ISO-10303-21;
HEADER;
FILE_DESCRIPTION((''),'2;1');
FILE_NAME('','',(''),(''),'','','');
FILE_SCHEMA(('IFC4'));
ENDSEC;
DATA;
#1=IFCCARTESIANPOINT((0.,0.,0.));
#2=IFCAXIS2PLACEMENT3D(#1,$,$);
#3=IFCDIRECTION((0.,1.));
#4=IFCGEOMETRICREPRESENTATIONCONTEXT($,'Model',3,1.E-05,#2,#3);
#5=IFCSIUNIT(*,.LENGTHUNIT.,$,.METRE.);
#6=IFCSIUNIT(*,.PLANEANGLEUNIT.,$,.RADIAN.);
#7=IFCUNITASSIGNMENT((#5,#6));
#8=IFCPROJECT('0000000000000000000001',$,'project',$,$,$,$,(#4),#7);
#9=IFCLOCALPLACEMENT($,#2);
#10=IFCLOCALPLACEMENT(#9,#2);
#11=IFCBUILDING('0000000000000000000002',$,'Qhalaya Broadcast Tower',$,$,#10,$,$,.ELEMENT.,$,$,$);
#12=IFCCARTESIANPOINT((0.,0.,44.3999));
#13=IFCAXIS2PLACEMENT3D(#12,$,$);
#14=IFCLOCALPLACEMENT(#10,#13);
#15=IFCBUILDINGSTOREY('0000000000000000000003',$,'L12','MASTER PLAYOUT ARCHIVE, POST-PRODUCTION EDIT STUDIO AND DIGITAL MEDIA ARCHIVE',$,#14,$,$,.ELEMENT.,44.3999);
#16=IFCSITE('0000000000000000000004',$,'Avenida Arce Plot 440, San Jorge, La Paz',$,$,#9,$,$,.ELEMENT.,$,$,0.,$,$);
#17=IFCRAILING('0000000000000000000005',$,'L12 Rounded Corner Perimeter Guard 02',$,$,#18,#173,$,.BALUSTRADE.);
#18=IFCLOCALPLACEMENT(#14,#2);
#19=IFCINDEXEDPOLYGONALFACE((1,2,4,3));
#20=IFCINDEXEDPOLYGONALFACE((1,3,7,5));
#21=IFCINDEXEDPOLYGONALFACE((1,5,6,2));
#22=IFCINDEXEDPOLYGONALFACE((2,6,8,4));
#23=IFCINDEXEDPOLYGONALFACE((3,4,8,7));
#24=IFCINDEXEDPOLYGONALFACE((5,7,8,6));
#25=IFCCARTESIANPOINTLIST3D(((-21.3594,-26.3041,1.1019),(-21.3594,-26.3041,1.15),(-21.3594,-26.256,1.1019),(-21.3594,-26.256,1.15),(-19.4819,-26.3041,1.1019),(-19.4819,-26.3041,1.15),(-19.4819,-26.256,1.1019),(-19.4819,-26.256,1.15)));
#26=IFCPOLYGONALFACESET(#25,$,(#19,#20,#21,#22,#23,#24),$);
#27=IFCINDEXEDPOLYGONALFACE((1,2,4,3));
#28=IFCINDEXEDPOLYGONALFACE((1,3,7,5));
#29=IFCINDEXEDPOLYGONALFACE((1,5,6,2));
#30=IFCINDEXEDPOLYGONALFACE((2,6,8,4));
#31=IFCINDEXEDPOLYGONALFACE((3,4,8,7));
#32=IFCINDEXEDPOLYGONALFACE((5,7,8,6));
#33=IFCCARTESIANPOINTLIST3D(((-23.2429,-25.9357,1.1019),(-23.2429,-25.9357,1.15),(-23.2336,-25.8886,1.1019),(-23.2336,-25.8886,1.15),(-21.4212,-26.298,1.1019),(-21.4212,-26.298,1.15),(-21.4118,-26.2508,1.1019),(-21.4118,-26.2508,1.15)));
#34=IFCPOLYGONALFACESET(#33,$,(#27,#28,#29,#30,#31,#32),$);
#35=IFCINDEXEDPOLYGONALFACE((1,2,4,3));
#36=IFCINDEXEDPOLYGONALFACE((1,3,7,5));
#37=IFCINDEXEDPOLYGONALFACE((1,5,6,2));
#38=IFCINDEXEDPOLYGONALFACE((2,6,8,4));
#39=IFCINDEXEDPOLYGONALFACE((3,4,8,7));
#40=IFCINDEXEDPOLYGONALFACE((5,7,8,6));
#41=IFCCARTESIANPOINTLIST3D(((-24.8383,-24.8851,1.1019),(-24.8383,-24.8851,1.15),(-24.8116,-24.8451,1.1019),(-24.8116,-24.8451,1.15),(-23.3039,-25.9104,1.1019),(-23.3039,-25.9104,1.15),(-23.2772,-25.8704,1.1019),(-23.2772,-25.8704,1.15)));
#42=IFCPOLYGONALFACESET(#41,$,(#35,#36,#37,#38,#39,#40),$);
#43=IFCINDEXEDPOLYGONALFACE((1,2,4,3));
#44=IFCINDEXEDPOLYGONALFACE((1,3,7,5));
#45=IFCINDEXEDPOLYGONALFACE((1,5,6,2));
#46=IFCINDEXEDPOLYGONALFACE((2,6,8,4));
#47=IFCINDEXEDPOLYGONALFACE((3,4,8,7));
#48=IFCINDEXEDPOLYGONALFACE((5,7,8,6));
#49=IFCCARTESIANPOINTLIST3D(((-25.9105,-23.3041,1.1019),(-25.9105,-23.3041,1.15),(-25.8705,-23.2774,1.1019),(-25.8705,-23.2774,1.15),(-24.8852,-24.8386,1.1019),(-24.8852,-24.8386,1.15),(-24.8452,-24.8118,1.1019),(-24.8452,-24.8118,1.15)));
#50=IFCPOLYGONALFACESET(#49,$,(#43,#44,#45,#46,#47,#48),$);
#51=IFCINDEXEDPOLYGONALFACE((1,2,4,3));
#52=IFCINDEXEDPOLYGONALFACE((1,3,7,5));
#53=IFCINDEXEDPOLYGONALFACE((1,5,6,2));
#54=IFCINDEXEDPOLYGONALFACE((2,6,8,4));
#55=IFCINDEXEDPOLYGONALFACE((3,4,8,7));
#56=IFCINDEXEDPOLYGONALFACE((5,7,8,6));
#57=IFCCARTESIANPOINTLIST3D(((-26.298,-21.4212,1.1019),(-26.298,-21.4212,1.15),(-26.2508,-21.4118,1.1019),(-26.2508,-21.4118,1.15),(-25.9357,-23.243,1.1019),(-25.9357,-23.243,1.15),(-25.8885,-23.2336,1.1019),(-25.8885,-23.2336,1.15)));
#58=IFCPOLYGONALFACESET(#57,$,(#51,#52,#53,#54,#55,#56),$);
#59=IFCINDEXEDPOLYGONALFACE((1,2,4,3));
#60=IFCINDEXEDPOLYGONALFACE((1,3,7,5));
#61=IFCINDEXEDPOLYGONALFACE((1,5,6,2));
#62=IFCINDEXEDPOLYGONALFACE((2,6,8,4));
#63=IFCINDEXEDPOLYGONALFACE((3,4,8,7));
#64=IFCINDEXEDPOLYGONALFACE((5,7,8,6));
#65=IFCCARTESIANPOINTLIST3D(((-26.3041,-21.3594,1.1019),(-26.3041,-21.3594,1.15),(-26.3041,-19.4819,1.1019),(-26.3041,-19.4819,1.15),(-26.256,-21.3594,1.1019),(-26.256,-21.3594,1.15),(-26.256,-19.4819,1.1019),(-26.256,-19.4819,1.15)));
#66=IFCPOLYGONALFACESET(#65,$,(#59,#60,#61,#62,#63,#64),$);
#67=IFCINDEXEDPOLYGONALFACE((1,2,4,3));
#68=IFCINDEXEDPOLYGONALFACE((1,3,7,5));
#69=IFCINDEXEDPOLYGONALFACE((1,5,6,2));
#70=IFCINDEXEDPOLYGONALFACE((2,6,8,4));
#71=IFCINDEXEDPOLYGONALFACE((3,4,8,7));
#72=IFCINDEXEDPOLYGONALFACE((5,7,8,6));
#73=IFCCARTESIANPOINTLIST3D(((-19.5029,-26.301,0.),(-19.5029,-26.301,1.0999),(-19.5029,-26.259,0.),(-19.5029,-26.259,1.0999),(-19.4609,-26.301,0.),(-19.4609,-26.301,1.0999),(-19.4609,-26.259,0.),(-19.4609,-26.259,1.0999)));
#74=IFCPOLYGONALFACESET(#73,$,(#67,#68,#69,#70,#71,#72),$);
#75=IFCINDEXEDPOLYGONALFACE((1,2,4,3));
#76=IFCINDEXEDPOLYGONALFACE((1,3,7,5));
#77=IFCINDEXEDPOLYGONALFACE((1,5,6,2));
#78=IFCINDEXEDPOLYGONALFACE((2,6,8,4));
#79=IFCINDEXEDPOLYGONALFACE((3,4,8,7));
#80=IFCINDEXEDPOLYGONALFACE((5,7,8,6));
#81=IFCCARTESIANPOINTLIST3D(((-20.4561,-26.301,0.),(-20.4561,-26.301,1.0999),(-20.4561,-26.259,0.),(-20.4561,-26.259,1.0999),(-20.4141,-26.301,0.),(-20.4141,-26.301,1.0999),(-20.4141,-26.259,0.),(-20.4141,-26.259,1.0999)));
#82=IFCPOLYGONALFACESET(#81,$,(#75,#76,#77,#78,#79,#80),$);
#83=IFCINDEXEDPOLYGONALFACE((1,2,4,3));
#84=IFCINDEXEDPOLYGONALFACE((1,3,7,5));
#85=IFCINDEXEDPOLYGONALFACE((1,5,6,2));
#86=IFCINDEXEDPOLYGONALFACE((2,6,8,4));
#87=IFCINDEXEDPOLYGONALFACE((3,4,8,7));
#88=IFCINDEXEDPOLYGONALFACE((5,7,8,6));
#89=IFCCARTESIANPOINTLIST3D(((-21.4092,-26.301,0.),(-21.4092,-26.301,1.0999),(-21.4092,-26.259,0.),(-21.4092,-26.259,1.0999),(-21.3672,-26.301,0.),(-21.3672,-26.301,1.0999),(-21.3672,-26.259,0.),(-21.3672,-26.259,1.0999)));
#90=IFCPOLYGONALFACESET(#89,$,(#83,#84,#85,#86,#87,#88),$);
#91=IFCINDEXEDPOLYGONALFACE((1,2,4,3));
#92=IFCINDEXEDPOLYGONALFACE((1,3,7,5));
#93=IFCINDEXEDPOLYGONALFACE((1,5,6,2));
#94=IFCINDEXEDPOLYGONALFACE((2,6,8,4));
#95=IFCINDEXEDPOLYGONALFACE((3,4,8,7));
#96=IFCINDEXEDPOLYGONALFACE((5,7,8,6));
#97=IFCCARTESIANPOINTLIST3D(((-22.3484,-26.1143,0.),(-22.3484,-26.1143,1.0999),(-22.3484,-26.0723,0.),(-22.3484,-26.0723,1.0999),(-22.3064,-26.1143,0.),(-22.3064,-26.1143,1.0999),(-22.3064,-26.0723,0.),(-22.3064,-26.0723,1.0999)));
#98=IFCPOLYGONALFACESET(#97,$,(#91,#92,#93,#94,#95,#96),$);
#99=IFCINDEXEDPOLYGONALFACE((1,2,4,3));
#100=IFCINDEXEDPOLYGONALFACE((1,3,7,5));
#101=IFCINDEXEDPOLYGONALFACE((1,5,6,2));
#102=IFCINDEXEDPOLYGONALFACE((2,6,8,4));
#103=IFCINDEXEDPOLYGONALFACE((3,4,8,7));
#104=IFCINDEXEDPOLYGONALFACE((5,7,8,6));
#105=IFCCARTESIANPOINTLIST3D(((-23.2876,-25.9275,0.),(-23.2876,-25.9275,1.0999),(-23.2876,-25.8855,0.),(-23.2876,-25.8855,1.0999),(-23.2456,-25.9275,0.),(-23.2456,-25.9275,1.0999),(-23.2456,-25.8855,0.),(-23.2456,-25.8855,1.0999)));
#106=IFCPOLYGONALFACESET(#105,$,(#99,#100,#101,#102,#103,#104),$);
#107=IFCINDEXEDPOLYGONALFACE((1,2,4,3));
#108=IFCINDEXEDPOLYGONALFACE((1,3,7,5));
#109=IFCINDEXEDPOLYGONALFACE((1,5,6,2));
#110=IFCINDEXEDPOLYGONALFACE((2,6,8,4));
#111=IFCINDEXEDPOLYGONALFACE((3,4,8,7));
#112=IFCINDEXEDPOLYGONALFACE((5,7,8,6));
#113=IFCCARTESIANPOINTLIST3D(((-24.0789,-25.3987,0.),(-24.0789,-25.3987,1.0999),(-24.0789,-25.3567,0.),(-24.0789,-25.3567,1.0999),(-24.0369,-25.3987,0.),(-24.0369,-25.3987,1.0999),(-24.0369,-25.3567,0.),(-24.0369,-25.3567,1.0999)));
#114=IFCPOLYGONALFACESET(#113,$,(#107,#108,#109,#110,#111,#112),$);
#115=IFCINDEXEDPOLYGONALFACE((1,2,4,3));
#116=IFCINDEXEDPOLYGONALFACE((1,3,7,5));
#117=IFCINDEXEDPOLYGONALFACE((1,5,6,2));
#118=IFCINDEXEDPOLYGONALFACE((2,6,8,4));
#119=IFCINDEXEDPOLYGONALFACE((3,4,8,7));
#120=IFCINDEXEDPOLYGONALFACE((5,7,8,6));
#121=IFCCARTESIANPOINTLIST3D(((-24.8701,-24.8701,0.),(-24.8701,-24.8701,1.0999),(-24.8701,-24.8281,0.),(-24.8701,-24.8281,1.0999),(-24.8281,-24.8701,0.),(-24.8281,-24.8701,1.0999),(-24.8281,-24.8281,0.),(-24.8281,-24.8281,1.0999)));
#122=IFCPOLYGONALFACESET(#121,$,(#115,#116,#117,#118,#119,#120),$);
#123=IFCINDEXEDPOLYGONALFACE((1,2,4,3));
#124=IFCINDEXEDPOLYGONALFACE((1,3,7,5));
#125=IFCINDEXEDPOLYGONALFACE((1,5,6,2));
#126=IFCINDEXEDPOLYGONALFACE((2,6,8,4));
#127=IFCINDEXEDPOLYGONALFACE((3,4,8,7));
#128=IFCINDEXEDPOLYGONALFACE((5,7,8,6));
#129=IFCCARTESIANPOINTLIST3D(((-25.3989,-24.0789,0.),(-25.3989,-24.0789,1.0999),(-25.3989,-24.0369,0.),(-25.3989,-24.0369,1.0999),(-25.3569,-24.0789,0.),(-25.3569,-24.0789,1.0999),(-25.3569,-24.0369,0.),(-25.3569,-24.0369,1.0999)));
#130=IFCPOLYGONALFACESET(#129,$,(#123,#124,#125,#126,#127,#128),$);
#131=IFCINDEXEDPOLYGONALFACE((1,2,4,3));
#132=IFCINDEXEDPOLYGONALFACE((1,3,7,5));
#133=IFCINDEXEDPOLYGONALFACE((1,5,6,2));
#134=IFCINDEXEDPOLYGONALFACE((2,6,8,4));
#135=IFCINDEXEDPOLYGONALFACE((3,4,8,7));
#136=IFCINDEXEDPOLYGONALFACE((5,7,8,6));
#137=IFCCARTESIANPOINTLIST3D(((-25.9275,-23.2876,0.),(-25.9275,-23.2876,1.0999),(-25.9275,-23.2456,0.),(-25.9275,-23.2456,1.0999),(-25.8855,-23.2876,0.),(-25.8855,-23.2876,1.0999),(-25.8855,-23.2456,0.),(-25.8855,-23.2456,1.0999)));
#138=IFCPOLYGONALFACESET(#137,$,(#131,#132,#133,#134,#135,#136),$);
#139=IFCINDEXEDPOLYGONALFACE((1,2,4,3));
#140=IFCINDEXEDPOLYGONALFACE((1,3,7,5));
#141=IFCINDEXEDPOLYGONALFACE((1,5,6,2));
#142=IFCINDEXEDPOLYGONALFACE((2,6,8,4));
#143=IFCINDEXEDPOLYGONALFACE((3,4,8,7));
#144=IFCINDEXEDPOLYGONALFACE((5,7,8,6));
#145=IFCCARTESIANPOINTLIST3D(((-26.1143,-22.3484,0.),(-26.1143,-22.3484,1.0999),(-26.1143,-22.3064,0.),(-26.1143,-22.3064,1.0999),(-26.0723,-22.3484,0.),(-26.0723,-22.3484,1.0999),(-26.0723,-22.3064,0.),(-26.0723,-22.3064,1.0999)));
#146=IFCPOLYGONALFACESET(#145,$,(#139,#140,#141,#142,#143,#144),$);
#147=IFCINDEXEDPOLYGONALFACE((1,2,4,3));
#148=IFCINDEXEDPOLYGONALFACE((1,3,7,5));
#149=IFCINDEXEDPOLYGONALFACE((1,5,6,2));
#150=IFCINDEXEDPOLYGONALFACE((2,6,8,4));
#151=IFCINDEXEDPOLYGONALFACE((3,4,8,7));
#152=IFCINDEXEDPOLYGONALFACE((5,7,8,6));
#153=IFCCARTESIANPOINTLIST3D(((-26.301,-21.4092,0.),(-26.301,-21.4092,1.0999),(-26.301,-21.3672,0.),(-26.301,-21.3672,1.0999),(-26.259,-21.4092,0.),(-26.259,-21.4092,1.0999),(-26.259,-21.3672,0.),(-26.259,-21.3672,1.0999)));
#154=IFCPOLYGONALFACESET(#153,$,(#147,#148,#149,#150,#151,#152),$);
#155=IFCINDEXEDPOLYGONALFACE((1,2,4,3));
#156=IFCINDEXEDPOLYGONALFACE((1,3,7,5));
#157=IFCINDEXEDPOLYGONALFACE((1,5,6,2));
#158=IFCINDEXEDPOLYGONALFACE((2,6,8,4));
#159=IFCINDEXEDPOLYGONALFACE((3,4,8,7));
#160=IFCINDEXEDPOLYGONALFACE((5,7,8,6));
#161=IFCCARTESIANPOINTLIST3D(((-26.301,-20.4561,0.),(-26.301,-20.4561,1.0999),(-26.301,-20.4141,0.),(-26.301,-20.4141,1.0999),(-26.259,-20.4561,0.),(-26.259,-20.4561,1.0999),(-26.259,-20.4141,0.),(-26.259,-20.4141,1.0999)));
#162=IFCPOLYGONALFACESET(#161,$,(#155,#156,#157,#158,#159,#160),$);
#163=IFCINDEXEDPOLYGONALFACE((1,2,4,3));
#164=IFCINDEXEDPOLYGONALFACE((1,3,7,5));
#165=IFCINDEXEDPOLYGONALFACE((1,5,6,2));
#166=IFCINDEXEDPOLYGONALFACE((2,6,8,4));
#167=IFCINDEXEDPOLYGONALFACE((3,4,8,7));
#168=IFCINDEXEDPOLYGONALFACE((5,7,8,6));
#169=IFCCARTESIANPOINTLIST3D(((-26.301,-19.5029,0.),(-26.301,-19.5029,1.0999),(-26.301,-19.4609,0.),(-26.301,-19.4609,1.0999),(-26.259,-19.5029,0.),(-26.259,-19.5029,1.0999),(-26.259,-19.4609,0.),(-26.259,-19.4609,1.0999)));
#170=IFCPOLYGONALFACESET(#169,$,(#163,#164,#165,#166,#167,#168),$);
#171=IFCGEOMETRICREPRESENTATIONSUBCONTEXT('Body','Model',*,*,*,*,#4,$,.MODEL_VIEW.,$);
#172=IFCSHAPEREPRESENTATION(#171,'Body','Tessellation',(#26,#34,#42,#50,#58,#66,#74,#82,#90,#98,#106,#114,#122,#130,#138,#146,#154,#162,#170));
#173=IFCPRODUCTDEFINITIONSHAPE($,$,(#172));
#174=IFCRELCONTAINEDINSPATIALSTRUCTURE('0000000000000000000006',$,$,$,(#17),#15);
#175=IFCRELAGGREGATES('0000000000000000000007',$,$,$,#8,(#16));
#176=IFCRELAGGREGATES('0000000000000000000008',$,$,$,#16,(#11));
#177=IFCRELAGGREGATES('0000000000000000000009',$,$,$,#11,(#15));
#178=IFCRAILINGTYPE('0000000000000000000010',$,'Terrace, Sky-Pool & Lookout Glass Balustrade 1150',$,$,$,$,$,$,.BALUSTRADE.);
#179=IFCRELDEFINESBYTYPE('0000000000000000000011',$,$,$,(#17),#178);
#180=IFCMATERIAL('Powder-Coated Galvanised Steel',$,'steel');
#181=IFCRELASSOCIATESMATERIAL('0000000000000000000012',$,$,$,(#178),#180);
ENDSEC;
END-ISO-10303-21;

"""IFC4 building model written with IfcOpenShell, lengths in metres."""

from ifc_helpers import new_model, si_unit, direction, frame, origin, origin_2d, place, context, subcontext, project, spatial, rectangle, extrude, material, type_object, element, save


model = new_model("IFC4")

# Units and contexts
model_context = context("Model", 3, precision=1e-05, world=origin(), true_north=direction((0.0, 1.0)))
body_context = subcontext(model_context, "Body", "Model", "MODEL_VIEW")
ifc_project = project(units=[si_unit("LENGTHUNIT", "METRE"), si_unit("PLANEANGLEUNIT", "RADIAN")], contexts=[model_context])

# Site, building, storey
site_placement = place(None, origin())
site = spatial("IfcSite", under=ifc_project, at=site_placement, Name="Avenida Arce Plot 440, San Jorge, La Paz", CompositionType="ELEMENT", RefElevation=0.0)
building_placement = place(site_placement, origin())
building = spatial("IfcBuilding", under=site, at=building_placement, Name="Qhalaya Broadcast Tower", CompositionType="ELEMENT")
storey_placement = place(building_placement, frame((0.0, 0.0, 44.3999)))
storey = spatial("IfcBuildingStorey", under=building, at=storey_placement, Name="L12", Description="MASTER PLAYOUT ARCHIVE, POST-PRODUCTION EDIT STUDIO AND DIGITAL MEDIA ARCHIVE", CompositionType="ELEMENT", Elevation=44.3999)

# Railing
ifc_material_1 = material(Name="Powder-Coated Galvanised Steel", Category="steel")
railing_type = type_object("IfcRailingType", Name="Terrace, Sky-Pool & Lookout Glass Balustrade 1150", PredefinedType="BALUSTRADE", material=ifc_material_1)
railing_placement = place(storey_placement, frame((-19.4819, -26.28, 0.0)))
element("IfcRailing", 1, at=railing_placement, inside=storey, type_object=railing_type, Name="L12 Rounded Corner Perimeter Guard 02", PredefinedType="BALUSTRADE", context=body_context, shape_type="SweptSolid", body=[
    extrude(rectangle(XDim=0.0481, YDim=0.0481, at=origin_2d()), frame((0.0, 0.0, 1.126), z_axis=(-1.0, 0.0, 0.0), x_axis=(0.0, -1.0, 0.0)), (0.0, 0.0, 1.0), 1.8774),
    extrude(rectangle(XDim=0.0481, YDim=0.0481, at=origin_2d()), frame((-1.9346, 0.0056, 1.126), z_axis=(-0.980796, 0.195037, 0.0), x_axis=(-0.195037, -0.980796, 0.0)), (0.0, 0.0, 1.0), 1.8574),
    extrude(rectangle(XDim=0.0481, YDim=0.0481, at=origin_2d()), frame((-3.8086, 0.3896, 1.126), z_axis=(-0.831478, 0.555558, 0.0), x_axis=(-0.555558, -0.831478, 0.0)), (0.0, 0.0, 1.0), 1.8455),
    extrude(rectangle(XDim=0.0481, YDim=0.0481, at=origin_2d()), frame((-5.3833, 1.4548, 1.126), z_axis=(-0.555558, 0.831478, 0.0), x_axis=(-0.831478, -0.555558, 0.0)), (0.0, 0.0, 1.0), 1.8455),
    extrude(rectangle(XDim=0.0481, YDim=0.0481, at=origin_2d()), frame((-6.4302, 3.0417, 1.126), z_axis=(-0.195037, 0.980796, 0.0), x_axis=(-0.980796, -0.195037, 0.0)), (0.0, 0.0, 1.0), 1.8574),
    extrude(rectangle(XDim=0.0481, YDim=0.0481, at=origin_2d()), frame((-6.7981, 4.9207, 1.126), z_axis=(0.0, 1.0, 0.0), x_axis=(-1.0, 0.0, 0.0)), (0.0, 0.0, 1.0), 1.8774),
    extrude(rectangle(XDim=0.042, YDim=0.042, at=origin_2d()), origin(), (0.0, 0.0, 1.0), 1.0999),
    extrude(rectangle(XDim=0.042, YDim=0.042, at=origin_2d()), frame((-0.9531, 0.0, 0.0)), (0.0, 0.0, 1.0), 1.0999),
    extrude(rectangle(XDim=0.042, YDim=0.042, at=origin_2d()), frame((-1.9062, 0.0, 0.0)), (0.0, 0.0, 1.0), 1.0999),
    extrude(rectangle(XDim=0.042, YDim=0.042, at=origin_2d()), frame((-2.8455, 0.1868, 0.0)), (0.0, 0.0, 1.0), 1.0999),
    extrude(rectangle(XDim=0.042, YDim=0.042, at=origin_2d()), frame((-3.7847, 0.3735, 0.0)), (0.0, 0.0, 1.0), 1.0999),
    extrude(rectangle(XDim=0.042, YDim=0.042, at=origin_2d()), frame((-4.5759, 0.9023, 0.0)), (0.0, 0.0, 1.0), 1.0999),
    extrude(rectangle(XDim=0.042, YDim=0.042, at=origin_2d()), frame((-5.3672, 1.4309, 0.0)), (0.0, 0.0, 1.0), 1.0999),
    extrude(rectangle(XDim=0.042, YDim=0.042, at=origin_2d()), frame((-5.896, 2.2222, 0.0)), (0.0, 0.0, 1.0), 1.0999),
    extrude(rectangle(XDim=0.042, YDim=0.042, at=origin_2d()), frame((-6.4246, 3.0134, 0.0)), (0.0, 0.0, 1.0), 1.0999),
    extrude(rectangle(XDim=0.042, YDim=0.042, at=origin_2d()), frame((-6.6113, 3.9526, 0.0)), (0.0, 0.0, 1.0), 1.0999),
    extrude(rectangle(XDim=0.042, YDim=0.042, at=origin_2d()), frame((-6.7981, 4.8918, 0.0)), (0.0, 0.0, 1.0), 1.0999),
    extrude(rectangle(XDim=0.042, YDim=0.042, at=origin_2d()), frame((-6.7981, 5.845, 0.0)), (0.0, 0.0, 1.0), 1.0999),
    extrude(rectangle(XDim=0.042, YDim=0.042, at=origin_2d()), frame((-6.7981, 6.7981, 0.0)), (0.0, 0.0, 1.0), 1.0999),
])

save(model, "model.ifc")
